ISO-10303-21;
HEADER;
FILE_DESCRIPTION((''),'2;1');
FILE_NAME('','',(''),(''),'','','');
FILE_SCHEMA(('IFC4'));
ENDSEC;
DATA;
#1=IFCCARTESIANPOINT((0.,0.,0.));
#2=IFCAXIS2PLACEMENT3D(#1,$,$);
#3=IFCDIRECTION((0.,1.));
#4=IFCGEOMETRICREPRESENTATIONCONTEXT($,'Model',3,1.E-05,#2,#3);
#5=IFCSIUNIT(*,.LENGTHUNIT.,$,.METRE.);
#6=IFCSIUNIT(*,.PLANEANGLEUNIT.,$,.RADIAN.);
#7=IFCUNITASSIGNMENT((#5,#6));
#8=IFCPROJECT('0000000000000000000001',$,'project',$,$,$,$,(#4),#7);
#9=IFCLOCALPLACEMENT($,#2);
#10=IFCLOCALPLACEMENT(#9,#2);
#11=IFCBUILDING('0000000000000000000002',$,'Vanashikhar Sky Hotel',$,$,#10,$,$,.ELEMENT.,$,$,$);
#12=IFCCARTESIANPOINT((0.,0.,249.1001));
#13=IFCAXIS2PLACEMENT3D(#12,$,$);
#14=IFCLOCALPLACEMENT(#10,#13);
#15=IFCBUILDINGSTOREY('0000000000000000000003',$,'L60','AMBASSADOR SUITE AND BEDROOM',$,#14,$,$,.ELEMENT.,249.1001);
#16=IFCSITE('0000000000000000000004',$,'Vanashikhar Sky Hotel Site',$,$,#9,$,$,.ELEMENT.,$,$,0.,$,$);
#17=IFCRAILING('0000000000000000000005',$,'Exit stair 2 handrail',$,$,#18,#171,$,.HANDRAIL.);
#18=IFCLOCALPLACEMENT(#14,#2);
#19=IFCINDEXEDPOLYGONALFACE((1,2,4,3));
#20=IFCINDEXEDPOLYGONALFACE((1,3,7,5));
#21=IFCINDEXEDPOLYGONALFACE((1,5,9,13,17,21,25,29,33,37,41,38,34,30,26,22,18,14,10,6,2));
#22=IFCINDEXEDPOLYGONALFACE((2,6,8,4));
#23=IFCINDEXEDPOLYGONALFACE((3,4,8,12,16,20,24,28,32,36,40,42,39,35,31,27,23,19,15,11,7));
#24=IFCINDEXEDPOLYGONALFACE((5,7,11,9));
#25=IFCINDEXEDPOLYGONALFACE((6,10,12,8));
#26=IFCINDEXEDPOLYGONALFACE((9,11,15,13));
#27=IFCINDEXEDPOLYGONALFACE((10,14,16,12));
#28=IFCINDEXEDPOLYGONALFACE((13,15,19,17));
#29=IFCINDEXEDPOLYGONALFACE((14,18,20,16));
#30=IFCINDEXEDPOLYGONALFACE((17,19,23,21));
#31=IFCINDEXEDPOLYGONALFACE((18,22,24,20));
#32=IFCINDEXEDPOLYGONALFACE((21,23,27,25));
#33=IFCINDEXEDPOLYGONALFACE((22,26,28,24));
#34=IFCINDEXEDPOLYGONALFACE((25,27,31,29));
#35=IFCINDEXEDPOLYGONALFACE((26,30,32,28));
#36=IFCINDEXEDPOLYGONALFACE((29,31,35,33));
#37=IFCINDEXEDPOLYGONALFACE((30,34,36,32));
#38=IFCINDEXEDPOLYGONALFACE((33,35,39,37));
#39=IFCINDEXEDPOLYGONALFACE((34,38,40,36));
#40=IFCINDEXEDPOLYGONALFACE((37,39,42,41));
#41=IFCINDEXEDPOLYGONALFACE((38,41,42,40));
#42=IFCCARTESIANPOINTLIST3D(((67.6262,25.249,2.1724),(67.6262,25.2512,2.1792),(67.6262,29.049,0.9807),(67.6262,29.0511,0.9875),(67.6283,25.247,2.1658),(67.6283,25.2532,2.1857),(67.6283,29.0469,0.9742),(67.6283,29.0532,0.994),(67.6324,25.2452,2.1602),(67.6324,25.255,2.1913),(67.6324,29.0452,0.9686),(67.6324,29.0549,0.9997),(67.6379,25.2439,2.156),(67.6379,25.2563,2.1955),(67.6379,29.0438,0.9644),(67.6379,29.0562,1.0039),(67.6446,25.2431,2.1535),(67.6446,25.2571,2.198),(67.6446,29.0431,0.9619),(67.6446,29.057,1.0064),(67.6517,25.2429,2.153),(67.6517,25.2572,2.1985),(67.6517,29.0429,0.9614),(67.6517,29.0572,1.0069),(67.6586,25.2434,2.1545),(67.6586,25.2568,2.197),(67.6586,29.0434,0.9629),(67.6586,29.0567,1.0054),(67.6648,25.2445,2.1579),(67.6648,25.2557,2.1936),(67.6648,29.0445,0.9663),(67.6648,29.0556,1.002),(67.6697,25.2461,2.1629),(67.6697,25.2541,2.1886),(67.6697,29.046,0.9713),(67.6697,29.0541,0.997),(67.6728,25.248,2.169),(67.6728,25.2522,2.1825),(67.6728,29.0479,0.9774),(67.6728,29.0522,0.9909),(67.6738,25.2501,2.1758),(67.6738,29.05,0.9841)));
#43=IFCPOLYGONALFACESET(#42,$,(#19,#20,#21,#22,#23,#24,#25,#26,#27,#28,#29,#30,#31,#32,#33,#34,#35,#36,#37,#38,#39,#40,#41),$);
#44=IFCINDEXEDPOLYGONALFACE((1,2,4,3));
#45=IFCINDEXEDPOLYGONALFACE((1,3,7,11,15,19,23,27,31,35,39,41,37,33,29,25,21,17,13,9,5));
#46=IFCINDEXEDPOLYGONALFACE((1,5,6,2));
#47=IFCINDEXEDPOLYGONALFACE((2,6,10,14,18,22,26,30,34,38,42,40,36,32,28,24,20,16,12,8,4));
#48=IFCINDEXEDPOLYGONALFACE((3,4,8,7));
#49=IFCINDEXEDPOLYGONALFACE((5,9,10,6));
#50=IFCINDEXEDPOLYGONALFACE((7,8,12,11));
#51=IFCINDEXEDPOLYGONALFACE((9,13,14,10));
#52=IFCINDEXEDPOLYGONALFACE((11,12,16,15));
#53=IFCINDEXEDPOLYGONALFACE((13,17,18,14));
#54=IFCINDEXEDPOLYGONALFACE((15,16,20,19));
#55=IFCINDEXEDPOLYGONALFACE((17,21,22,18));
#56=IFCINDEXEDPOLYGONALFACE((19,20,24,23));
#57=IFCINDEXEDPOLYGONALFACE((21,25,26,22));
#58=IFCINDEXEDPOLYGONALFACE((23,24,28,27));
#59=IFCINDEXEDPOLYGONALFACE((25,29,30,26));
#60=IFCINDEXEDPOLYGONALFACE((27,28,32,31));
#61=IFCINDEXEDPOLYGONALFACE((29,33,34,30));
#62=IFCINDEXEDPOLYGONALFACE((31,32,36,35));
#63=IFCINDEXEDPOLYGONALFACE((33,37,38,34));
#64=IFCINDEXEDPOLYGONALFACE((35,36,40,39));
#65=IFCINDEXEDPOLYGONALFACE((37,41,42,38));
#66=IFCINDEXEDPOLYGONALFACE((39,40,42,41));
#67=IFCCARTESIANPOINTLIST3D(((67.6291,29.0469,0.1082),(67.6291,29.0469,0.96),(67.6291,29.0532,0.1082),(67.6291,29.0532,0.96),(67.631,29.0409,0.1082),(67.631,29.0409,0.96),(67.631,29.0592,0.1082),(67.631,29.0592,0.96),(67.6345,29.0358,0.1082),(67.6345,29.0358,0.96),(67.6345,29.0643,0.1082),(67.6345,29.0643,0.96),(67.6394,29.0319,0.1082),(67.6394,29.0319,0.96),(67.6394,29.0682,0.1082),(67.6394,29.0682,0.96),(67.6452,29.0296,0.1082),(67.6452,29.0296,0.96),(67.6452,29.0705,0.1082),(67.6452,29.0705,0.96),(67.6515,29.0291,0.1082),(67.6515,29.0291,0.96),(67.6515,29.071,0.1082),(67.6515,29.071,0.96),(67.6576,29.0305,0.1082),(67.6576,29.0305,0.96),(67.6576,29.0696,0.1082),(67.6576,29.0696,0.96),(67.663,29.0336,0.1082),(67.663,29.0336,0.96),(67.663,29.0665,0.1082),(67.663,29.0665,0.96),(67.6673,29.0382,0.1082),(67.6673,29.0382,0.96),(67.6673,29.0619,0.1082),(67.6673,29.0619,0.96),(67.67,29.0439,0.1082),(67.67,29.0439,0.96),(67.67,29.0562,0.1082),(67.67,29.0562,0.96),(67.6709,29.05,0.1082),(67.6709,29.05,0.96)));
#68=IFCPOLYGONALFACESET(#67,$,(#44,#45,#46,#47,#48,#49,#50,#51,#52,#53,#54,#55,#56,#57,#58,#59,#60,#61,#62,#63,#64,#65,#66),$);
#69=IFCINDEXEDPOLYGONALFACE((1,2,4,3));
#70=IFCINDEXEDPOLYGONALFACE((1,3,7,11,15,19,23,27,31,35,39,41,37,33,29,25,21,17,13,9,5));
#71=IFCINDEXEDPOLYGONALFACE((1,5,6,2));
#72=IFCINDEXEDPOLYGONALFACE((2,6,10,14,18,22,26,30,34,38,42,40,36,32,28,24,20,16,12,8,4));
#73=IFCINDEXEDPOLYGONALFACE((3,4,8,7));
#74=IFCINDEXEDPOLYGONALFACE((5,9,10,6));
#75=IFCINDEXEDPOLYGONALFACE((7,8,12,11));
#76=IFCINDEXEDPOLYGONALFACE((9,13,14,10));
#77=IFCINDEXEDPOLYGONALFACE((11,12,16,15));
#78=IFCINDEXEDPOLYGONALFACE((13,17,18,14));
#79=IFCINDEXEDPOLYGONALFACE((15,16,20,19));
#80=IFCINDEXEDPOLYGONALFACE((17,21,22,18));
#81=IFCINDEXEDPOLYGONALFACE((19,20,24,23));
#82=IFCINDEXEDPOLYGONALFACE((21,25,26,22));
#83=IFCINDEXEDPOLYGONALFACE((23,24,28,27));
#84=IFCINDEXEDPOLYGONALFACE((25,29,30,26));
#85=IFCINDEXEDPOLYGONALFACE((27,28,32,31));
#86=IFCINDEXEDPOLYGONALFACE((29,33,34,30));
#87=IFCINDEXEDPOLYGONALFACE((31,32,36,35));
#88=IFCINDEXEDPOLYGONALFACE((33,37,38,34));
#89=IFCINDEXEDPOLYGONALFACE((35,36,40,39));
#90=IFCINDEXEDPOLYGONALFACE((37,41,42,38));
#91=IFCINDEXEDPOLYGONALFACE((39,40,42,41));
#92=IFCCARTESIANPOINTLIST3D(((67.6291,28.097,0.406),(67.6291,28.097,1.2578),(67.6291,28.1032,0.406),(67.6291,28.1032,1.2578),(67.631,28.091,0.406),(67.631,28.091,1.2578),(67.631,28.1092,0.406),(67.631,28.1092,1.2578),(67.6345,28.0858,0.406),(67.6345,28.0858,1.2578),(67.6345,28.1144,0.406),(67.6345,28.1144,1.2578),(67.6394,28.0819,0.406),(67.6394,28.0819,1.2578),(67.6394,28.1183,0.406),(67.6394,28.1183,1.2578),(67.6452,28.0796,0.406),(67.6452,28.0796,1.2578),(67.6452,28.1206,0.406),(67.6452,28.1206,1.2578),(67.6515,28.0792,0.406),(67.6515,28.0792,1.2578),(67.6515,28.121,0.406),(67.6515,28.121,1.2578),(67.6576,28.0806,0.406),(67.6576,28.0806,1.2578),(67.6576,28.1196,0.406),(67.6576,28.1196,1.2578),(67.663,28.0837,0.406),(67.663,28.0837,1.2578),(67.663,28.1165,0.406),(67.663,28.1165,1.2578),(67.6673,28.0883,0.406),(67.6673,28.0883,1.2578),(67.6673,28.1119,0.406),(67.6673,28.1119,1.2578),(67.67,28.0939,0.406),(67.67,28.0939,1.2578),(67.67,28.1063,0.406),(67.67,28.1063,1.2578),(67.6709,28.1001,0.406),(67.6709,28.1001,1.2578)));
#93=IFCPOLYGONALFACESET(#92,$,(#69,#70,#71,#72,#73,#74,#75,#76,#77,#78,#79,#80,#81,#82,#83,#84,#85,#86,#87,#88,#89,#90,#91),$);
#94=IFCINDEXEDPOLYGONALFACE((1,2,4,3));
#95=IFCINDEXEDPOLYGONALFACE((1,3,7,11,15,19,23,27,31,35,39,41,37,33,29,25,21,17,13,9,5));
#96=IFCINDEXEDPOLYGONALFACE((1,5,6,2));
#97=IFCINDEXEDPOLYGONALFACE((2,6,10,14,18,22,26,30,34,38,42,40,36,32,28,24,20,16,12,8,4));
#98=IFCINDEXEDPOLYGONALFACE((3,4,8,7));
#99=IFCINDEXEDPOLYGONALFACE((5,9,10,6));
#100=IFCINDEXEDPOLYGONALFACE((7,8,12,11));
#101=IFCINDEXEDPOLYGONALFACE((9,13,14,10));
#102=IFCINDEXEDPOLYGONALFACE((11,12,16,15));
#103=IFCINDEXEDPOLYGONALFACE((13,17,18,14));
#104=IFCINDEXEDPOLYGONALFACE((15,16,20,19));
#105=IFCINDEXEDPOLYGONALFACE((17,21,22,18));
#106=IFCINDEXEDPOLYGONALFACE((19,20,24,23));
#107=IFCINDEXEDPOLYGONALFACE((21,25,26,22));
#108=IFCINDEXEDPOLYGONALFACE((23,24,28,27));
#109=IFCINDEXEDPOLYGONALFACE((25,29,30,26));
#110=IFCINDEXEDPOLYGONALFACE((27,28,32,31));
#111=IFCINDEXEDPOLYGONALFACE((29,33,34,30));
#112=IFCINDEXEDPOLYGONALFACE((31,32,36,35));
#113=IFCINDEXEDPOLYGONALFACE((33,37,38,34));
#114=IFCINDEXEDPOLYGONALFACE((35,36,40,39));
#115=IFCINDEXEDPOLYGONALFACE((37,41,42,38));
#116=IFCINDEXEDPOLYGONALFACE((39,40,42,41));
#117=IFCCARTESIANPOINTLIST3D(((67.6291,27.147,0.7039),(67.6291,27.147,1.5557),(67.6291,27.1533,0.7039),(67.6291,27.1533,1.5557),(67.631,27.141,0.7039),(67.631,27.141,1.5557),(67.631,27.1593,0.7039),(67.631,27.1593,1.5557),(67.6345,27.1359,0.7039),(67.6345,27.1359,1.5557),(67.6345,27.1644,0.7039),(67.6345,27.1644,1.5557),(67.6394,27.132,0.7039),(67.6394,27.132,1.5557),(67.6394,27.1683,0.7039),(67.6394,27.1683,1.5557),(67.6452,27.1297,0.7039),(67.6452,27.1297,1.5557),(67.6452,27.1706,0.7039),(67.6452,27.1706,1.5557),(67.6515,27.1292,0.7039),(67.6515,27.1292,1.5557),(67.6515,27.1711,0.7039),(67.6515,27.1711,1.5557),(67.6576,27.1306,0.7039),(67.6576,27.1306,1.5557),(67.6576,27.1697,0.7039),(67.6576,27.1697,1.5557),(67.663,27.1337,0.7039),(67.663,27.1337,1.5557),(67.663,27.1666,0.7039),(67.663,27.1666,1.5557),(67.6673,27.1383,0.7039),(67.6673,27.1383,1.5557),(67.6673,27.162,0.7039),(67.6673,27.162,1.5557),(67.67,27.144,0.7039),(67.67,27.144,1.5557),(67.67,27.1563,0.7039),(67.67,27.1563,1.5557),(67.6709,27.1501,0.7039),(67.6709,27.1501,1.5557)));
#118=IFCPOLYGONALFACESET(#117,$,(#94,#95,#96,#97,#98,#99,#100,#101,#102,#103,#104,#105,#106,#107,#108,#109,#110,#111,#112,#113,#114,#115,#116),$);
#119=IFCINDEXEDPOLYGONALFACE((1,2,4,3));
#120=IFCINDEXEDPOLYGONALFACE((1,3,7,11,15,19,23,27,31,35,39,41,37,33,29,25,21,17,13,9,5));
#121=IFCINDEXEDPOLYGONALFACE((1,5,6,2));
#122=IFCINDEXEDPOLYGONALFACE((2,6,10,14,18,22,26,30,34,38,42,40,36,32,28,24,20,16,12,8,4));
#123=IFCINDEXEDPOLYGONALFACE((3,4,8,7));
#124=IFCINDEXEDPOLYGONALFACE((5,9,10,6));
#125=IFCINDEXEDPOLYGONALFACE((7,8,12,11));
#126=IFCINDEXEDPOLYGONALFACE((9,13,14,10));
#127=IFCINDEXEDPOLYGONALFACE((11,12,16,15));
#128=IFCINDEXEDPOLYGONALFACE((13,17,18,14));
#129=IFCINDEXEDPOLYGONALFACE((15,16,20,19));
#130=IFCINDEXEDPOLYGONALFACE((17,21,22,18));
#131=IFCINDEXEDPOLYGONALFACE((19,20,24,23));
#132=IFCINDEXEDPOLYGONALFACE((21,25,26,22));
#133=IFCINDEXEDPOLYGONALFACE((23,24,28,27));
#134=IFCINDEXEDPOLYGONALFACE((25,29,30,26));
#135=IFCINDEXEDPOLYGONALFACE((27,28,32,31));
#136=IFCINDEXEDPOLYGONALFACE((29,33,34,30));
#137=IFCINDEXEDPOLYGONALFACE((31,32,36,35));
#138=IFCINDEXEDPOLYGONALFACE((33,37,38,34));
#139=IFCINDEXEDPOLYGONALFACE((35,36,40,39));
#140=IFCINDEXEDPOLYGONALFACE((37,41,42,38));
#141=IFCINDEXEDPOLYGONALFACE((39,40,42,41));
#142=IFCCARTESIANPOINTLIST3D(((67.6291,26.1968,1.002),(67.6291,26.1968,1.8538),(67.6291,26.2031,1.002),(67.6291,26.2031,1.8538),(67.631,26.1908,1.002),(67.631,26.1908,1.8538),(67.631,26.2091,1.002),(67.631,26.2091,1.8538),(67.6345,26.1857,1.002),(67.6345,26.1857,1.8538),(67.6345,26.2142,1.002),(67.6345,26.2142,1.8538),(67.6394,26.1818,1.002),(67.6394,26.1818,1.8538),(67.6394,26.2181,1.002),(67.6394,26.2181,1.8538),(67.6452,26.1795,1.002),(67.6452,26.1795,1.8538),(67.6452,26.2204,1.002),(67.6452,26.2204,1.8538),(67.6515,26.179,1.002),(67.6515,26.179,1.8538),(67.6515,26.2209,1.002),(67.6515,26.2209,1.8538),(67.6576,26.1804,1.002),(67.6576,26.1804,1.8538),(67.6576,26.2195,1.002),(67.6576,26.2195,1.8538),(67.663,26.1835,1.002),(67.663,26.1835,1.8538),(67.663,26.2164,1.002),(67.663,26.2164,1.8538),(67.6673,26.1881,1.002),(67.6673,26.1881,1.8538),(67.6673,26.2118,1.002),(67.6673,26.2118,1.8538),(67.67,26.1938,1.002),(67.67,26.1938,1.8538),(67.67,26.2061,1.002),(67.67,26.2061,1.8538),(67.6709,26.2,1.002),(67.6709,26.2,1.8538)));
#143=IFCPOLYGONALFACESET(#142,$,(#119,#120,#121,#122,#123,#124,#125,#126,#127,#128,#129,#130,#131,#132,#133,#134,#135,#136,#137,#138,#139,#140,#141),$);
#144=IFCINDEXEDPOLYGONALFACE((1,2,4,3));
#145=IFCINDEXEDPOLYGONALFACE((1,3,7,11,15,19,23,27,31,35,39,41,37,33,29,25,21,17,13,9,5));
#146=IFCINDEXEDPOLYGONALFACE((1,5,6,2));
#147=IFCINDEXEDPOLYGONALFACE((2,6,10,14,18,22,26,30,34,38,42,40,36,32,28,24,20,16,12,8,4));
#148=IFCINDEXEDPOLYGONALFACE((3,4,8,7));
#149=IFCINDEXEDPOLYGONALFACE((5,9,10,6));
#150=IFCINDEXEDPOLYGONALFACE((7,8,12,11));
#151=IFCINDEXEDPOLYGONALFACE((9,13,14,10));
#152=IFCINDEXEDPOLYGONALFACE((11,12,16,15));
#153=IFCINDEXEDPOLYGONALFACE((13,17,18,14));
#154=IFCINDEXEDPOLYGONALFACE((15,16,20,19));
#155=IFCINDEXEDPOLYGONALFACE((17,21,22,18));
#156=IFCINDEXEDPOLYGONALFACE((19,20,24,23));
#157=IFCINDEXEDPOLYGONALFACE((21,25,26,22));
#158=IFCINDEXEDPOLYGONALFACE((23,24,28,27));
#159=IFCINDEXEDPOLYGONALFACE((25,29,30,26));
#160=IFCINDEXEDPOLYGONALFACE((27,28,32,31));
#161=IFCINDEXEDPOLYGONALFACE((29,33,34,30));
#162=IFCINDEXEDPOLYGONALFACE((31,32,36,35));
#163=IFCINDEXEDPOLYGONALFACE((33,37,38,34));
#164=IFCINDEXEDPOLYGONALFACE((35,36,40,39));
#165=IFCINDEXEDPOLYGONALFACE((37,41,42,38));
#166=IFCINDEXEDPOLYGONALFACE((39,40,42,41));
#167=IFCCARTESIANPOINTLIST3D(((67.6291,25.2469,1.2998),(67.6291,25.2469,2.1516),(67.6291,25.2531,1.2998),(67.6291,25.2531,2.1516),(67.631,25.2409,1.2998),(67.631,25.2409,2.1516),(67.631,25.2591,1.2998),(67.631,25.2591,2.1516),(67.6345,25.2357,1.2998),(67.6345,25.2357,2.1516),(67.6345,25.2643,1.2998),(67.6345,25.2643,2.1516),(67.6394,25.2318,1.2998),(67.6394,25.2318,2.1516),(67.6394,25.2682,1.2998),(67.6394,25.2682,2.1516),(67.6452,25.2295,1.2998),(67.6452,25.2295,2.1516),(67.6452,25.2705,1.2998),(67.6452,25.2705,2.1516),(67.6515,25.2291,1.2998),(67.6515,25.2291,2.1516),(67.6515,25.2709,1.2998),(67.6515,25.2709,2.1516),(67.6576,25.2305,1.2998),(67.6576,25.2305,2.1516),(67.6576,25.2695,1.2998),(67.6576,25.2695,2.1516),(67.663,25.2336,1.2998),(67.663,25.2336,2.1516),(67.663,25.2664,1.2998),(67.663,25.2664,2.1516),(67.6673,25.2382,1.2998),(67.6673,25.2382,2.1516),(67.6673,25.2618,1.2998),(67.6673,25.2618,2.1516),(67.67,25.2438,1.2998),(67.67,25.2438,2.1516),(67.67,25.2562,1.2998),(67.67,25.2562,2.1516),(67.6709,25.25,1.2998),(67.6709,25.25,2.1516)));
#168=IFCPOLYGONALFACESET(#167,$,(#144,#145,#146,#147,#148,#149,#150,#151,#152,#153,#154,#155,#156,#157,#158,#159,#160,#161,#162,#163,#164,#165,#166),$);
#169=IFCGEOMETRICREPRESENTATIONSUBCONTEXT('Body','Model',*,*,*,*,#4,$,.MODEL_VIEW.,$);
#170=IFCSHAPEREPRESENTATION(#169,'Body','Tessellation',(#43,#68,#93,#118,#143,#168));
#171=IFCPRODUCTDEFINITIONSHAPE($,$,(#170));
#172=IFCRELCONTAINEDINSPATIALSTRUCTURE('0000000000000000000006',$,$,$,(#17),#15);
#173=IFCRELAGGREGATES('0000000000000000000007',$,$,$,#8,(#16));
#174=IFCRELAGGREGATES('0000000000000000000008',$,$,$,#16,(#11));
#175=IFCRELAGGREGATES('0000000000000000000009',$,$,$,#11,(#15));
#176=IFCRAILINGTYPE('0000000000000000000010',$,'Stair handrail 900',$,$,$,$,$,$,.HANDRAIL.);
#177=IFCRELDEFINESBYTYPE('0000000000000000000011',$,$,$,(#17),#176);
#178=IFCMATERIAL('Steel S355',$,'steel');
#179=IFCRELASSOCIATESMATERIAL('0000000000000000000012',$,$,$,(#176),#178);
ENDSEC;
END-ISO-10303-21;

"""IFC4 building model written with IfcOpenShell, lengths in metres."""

from ifc_helpers import new_model, si_unit, direction, frame, origin, origin_2d, place, context, subcontext, project, spatial, circle, extrude, source, transform, mapped, material, type_object, element, save


model = new_model("IFC4")

# Units and contexts
model_context = context("Model", 3, precision=1e-05, world=origin(), true_north=direction((0.0, 1.0)))
body_context = subcontext(model_context, "Body", "Model", "MODEL_VIEW")
ifc_project = project(units=[si_unit("LENGTHUNIT", "METRE"), si_unit("PLANEANGLEUNIT", "RADIAN")], contexts=[model_context])

# Site, building, storey
site_placement = place(None, origin())
site = spatial("IfcSite", under=ifc_project, at=site_placement, Name="Vanashikhar Sky Hotel Site", CompositionType="ELEMENT", RefElevation=0.0)
building_placement = place(site_placement, origin())
building = spatial("IfcBuilding", under=site, at=building_placement, Name="Vanashikhar Sky Hotel", CompositionType="ELEMENT")
storey_placement = place(building_placement, frame((0.0, 0.0, 249.1001)))
storey = spatial("IfcBuildingStorey", under=building, at=storey_placement, Name="L60", Description="AMBASSADOR SUITE AND BEDROOM", CompositionType="ELEMENT", Elevation=249.1001)

# Railing
ifc_material_1 = material(Name="Steel S355", Category="steel")
railing_type_1 = type_object("IfcRailingType", Name="Stair handrail 900", PredefinedType="HANDRAIL", material=ifc_material_1)
shared_shape_1 = source(origin(), body_context, "Body", "SweptSolid", [
    extrude(circle(Radius=0.0239, at=origin_2d()), frame((0.0, 0.0, 0.876), z_axis=(0.0, -0.954184, 0.299221), x_axis=(1.0, 0.0, 0.0)), (0.0, 0.0, 1.0), 3.9824),
    extrude(circle(Radius=0.021, at=origin_2d()), origin(), (0.0, 0.0, 1.0), 0.8518),
    extrude(circle(Radius=0.021, at=origin_2d()), frame((0.0, -0.95, 0.2979)), (0.0, 0.0, 1.0), 0.8518),
    extrude(circle(Radius=0.021, at=origin_2d()), frame((0.0, -1.8999, 0.5957)), (0.0, 0.0, 1.0), 0.8518),
    extrude(circle(Radius=0.021, at=origin_2d()), frame((0.0, -2.8501, 0.8938)), (0.0, 0.0, 1.0), 0.8518),
    extrude(circle(Radius=0.021, at=origin_2d()), frame((0.0, -3.8, 1.1917)), (0.0, 0.0, 1.0), 0.8518),
])
for number, where, name in (
    (1, (67.6499, 29.05, 0.1082), "Exit stair 2 handrail"),
):
    element("IfcRailing", number, at=place(storey_placement, frame(where)), inside=storey, type_object=railing_type_1, Name=name, PredefinedType="HANDRAIL", context=body_context, shape_type="MappedRepresentation", body=[
        mapped(shared_shape_1, transform((0.0, 0.0, 0.0), scale=1.0)),
    ])

save(model, "model.ifc")
